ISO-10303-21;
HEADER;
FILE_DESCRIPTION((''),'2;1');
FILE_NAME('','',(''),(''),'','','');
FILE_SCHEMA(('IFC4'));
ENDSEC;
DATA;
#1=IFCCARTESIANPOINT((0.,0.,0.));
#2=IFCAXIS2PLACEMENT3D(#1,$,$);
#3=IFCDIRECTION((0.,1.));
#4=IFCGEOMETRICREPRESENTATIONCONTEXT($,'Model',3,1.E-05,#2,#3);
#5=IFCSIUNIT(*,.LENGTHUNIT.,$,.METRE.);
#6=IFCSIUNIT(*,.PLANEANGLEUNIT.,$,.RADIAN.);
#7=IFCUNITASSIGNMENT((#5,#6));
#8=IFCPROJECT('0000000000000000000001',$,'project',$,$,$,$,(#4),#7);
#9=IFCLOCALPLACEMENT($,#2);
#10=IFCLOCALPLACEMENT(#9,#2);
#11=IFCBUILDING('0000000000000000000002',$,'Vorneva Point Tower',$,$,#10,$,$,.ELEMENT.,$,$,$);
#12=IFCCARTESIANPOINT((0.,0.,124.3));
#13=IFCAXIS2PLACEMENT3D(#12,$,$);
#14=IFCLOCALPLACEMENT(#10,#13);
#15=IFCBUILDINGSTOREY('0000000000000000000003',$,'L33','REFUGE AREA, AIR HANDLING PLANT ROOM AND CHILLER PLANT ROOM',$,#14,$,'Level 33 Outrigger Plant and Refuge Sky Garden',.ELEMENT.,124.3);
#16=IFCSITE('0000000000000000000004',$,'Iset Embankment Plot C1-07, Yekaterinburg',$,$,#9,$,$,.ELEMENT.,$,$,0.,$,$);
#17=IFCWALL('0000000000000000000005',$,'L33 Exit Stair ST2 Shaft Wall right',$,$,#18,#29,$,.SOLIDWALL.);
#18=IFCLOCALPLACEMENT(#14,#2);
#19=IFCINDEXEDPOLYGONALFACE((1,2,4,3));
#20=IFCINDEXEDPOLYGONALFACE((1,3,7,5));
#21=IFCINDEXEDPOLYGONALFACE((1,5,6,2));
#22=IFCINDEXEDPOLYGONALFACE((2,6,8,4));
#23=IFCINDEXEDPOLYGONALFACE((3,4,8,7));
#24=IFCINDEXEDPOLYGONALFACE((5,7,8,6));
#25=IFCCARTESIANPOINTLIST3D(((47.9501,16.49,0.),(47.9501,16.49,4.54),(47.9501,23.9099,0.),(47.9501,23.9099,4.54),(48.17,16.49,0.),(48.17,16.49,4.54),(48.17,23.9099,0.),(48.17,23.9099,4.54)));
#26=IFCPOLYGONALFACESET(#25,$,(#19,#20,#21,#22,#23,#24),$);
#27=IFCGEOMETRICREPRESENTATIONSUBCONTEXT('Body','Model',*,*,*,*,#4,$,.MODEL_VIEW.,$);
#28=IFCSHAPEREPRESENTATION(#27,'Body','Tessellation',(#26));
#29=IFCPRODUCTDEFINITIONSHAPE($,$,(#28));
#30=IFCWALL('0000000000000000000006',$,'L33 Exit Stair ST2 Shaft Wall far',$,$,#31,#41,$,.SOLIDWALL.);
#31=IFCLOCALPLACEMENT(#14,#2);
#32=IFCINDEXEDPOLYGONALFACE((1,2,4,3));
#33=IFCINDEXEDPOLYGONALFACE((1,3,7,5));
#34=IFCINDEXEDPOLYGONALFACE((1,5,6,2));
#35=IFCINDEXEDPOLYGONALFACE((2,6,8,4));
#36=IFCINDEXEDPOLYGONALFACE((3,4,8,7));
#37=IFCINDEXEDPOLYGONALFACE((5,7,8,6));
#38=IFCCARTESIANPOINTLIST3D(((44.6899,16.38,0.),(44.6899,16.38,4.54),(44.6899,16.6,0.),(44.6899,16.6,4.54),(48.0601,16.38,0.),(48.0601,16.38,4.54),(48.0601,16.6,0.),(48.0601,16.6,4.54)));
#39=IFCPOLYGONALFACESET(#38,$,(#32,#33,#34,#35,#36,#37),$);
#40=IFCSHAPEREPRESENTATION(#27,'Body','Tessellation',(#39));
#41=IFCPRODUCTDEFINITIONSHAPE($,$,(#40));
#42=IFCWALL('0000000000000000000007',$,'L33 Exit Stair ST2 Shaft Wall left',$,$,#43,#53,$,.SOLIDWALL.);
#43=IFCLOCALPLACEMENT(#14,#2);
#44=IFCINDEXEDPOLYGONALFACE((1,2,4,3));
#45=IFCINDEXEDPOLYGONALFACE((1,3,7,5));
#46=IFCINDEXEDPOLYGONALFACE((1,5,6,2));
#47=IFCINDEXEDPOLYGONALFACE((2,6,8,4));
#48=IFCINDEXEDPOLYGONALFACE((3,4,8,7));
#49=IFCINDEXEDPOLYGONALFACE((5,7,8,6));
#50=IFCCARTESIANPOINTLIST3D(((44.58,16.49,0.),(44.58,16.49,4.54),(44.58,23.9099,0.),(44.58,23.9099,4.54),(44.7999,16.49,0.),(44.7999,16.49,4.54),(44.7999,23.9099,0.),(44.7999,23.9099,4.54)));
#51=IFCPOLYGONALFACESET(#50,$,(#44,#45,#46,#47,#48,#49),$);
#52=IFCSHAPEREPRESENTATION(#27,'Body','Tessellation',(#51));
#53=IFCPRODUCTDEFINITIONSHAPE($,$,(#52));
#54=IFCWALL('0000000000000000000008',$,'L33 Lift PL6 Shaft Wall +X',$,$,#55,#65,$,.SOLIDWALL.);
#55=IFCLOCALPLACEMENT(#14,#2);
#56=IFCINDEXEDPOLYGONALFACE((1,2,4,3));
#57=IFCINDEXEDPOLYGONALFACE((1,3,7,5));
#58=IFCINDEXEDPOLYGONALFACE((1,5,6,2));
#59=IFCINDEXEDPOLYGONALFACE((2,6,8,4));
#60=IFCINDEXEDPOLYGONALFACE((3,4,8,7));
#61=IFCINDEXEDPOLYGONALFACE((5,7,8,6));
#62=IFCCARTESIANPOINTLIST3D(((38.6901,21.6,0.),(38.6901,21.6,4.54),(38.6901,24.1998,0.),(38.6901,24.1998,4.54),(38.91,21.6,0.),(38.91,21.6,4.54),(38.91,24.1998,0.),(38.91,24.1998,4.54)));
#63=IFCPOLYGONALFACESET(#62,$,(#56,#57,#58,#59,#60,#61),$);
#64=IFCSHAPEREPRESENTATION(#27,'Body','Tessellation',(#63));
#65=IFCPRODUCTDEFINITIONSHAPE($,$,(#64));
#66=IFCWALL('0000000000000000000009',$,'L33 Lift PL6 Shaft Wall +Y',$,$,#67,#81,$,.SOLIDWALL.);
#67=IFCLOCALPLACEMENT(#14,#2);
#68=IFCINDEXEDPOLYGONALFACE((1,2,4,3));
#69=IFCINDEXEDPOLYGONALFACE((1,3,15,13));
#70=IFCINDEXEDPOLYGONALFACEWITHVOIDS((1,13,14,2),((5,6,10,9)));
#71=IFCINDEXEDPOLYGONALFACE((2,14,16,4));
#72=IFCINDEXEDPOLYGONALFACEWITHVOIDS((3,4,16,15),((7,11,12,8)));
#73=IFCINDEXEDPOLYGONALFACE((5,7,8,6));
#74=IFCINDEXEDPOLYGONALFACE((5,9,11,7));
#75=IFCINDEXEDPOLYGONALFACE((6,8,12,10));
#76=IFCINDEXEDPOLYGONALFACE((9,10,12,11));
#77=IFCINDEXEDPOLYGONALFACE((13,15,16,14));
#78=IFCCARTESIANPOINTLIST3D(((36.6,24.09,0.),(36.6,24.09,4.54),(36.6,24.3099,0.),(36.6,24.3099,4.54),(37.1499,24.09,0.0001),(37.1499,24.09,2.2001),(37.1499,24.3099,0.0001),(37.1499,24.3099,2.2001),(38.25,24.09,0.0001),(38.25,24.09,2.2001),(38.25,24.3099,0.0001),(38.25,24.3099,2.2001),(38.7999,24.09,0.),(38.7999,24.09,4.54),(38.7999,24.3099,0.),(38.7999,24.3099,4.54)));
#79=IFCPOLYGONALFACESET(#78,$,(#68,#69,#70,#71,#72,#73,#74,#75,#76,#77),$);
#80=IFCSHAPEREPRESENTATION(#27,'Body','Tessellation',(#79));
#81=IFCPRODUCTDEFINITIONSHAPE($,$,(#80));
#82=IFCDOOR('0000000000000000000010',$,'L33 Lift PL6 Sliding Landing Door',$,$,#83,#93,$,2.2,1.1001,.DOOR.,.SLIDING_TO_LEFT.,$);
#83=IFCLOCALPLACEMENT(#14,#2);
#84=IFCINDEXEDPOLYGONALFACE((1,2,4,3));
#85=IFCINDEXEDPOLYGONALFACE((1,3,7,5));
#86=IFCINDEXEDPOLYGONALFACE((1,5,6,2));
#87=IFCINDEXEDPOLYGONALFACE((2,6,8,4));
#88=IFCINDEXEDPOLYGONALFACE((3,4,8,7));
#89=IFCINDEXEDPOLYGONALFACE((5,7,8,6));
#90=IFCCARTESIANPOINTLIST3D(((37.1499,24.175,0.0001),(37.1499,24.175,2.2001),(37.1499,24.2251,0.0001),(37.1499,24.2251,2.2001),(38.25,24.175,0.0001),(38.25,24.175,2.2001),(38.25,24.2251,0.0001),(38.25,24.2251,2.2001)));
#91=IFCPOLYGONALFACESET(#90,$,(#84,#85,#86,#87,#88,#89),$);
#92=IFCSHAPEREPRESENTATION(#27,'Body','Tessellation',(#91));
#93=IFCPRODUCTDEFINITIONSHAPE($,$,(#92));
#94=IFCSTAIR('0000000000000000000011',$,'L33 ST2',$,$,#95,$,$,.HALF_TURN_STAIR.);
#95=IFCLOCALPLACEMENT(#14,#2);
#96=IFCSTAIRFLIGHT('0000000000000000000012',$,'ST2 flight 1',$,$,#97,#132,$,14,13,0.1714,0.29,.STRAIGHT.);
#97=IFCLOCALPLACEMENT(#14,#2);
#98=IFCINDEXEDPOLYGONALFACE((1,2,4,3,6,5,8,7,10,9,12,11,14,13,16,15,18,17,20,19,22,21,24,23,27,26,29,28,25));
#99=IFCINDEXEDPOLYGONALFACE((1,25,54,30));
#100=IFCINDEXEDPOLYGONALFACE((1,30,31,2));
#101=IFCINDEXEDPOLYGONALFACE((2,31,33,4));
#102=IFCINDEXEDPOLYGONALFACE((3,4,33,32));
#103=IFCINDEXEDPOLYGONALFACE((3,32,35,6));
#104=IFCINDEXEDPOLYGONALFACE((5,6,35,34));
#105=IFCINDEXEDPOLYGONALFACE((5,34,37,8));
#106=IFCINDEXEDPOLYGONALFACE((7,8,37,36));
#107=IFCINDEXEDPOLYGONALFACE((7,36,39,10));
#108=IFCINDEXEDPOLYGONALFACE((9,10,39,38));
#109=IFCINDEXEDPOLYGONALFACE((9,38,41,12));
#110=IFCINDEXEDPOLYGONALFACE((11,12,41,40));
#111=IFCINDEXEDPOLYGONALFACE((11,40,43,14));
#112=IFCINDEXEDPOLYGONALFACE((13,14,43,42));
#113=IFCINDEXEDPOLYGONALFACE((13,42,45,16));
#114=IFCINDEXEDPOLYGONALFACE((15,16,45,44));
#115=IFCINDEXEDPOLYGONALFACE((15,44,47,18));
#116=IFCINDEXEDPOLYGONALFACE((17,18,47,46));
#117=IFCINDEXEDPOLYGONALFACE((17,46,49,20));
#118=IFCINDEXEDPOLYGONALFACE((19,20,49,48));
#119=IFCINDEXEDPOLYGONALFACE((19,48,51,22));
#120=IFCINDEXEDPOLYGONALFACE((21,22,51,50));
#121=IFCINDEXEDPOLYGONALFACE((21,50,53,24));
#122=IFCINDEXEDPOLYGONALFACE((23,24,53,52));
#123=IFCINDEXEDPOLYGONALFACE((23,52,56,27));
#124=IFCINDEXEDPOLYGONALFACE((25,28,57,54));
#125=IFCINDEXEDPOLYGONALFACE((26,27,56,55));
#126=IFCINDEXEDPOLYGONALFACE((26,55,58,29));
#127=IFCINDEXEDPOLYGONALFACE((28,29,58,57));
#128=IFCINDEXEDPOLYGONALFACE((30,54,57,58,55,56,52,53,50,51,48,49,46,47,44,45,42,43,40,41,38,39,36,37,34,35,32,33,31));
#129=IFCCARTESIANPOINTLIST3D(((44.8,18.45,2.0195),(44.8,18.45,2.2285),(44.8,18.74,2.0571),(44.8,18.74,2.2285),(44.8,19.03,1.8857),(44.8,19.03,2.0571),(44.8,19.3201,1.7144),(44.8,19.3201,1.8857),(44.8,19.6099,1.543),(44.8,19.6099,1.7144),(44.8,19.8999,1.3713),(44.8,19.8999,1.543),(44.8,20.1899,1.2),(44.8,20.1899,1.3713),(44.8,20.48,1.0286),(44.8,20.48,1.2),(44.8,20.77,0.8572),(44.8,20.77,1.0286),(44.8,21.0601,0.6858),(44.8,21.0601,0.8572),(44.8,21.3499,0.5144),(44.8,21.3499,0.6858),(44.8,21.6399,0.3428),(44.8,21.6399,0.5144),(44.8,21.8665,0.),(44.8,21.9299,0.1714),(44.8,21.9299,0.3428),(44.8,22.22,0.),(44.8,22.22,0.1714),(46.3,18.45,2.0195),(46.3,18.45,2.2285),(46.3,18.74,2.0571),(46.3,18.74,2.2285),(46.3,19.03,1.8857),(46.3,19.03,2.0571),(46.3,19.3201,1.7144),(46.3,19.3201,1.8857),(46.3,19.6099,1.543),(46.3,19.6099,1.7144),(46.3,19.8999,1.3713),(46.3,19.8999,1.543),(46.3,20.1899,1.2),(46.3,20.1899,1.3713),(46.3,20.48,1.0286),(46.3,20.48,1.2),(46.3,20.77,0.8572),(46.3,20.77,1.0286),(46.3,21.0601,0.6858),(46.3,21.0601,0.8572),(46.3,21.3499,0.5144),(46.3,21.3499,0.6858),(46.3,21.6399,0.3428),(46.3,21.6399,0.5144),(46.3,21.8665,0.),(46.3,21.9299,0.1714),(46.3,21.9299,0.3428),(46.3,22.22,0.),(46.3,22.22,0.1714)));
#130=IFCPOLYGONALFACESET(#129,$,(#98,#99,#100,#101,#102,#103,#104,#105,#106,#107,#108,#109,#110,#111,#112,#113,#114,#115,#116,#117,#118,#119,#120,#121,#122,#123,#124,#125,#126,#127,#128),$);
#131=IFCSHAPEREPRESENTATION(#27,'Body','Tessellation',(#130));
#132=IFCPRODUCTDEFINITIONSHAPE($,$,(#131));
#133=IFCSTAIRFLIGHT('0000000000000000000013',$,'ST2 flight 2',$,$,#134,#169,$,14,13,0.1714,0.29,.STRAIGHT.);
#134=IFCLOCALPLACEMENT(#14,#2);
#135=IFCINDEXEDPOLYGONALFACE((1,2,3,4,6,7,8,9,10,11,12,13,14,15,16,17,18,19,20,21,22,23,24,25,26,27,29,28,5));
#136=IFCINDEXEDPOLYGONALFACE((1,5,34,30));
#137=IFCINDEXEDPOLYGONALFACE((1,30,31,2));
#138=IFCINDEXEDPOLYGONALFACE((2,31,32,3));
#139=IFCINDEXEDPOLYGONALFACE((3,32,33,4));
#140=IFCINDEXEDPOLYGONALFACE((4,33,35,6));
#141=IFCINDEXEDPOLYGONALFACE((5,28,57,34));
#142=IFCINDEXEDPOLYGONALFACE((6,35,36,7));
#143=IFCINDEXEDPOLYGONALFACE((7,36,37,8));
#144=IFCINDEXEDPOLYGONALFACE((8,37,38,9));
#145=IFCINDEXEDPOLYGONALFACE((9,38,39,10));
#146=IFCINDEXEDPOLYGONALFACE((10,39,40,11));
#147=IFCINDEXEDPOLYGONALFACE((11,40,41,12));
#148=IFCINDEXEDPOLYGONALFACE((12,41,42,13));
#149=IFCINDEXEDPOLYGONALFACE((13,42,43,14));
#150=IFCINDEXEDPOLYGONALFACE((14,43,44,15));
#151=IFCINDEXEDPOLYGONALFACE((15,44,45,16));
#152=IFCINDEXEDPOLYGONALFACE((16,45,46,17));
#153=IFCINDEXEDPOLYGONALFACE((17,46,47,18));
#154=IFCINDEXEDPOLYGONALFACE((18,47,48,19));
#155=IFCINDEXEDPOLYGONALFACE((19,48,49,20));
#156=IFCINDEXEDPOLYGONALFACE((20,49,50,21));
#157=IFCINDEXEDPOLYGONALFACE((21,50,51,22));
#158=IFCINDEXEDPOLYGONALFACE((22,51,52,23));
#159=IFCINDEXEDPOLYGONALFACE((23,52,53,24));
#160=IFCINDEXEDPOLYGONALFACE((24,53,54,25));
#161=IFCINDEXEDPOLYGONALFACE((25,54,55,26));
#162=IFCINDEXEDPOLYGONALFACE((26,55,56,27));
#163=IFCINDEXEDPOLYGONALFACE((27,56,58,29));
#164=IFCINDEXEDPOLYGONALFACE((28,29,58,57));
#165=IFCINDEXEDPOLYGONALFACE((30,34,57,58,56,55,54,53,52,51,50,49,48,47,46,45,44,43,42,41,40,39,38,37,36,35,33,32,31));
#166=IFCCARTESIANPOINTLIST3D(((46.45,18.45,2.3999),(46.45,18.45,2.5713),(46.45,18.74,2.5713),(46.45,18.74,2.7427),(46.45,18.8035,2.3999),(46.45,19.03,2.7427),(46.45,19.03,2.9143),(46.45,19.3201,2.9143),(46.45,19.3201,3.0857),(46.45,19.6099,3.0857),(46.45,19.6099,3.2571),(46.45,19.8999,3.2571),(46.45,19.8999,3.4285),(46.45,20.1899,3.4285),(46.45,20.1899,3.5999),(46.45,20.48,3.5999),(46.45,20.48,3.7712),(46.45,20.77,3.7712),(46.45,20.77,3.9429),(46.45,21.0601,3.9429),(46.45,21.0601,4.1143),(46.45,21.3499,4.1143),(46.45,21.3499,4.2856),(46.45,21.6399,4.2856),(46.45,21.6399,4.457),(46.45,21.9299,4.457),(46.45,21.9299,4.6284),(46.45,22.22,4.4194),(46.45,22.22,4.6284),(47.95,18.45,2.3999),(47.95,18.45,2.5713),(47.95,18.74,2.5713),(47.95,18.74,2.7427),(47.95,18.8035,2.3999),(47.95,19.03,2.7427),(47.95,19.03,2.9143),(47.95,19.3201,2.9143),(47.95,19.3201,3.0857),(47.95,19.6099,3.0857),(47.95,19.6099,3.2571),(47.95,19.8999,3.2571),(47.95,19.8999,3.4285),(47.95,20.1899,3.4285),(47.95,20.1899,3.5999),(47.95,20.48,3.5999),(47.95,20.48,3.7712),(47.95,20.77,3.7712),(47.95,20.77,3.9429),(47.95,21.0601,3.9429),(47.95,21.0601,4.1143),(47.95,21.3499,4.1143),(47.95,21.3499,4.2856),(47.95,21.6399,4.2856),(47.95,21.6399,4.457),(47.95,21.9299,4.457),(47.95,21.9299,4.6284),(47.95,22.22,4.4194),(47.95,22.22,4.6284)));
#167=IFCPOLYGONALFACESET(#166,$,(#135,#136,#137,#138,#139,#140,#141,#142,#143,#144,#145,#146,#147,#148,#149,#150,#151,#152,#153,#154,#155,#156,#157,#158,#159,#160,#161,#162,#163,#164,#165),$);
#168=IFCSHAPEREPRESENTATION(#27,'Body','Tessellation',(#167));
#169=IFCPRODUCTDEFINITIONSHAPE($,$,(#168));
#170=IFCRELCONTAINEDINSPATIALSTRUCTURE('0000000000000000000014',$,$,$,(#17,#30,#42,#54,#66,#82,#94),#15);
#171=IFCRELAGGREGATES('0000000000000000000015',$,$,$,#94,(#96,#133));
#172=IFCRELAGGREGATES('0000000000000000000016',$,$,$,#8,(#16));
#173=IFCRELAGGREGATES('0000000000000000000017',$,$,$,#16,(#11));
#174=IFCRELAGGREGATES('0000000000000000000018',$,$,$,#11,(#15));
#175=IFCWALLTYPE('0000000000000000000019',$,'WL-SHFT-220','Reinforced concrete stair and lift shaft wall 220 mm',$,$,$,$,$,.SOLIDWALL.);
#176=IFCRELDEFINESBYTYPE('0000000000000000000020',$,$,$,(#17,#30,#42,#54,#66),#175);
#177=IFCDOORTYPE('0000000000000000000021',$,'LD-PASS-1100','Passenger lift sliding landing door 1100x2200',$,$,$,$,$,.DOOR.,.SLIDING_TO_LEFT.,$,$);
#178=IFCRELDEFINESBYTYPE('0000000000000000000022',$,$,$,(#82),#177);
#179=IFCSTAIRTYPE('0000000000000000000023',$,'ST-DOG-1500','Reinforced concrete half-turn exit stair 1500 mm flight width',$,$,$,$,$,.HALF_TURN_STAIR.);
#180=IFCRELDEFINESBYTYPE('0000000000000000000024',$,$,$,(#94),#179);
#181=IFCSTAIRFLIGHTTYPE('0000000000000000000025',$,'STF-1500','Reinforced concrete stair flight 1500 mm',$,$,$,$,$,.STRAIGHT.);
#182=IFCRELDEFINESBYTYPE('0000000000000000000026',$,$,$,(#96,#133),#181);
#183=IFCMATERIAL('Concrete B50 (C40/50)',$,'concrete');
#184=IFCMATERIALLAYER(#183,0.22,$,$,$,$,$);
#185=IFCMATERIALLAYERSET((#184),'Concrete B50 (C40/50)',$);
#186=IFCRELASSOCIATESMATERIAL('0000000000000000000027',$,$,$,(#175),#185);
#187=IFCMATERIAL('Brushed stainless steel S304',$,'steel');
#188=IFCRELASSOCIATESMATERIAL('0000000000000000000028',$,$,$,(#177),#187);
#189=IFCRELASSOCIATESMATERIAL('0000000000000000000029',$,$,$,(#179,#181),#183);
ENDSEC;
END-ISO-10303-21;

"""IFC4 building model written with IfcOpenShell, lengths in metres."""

from ifc_helpers import new_model, si_unit, direction, frame, frame_2d, origin, place, context, subcontext, project, spatial, polyline, rectangle, outline, extrude, material, layer, layer_set, type_object, element, fill, aggregate, save


model = new_model("IFC4")

# Units and contexts
model_context = context("Model", 3, precision=1e-05, world=origin(), true_north=direction((0.0, 1.0)))
body_context = subcontext(model_context, "Body", "Model", "MODEL_VIEW")
ifc_project = project(units=[si_unit("LENGTHUNIT", "METRE"), si_unit("PLANEANGLEUNIT", "RADIAN")], contexts=[model_context])

# Site, building, storey
site_placement = place(None, origin())
site = spatial("IfcSite", under=ifc_project, at=site_placement, Name="Iset Embankment Plot C1-07, Yekaterinburg", CompositionType="ELEMENT", RefElevation=0.0)
building_placement = place(site_placement, origin())
building = spatial("IfcBuilding", under=site, at=building_placement, Name="Vorneva Point Tower", CompositionType="ELEMENT")
storey_placement = place(building_placement, frame((0.0, 0.0, 124.3)))
storey = spatial("IfcBuildingStorey", under=building, at=storey_placement, Name="L33", Description="REFUGE AREA, AIR HANDLING PLANT ROOM AND CHILLER PLANT ROOM", LongName="Level 33 Outrigger Plant and Refuge Sky Garden", CompositionType="ELEMENT", Elevation=124.3)

# Shared definitions
ifc_material_1 = material(Name="Concrete B50 (C40/50)", Category="concrete")
ifc_layer_1 = layer(ifc_material_1, 0.22)
ifc_layer_set_1 = layer_set([ifc_layer_1], Name="Concrete B50 (C40/50)")
wall_type_1 = type_object("IfcWallType", Name="WL-SHFT-220", Description="Reinforced concrete stair and lift shaft wall 220 mm", PredefinedType="SOLIDWALL", material=ifc_layer_set_1)

# Walls
wall_1_placement = place(storey_placement, frame((48.0601, 23.9099, 0.0), z_axis=(0.0, 0.0, 1.0), x_axis=(0.0, -1.0, 0.0)))
element("IfcWall", 1, at=wall_1_placement, inside=storey, type_object=wall_type_1, Name="L33 Exit Stair ST2 Shaft Wall right", PredefinedType="SOLIDWALL", context=body_context, shape_type="SweptSolid", body=[
    extrude(rectangle(XDim=7.4199, YDim=0.22, at=frame_2d((3.71, 0.0))), origin(), (0.0, 0.0, 1.0), 4.54),
])
wall_2_placement = place(storey_placement, frame((48.0601, 16.49, 0.0), z_axis=(0.0, 0.0, 1.0), x_axis=(-1.0, 0.0, 0.0)))
element("IfcWall", 2, at=wall_2_placement, inside=storey, type_object=wall_type_1, Name="L33 Exit Stair ST2 Shaft Wall far", PredefinedType="SOLIDWALL", context=body_context, shape_type="SweptSolid", body=[
    extrude(rectangle(XDim=3.3701, YDim=0.22, at=frame_2d((1.6851, 0.0))), origin(), (0.0, 0.0, 1.0), 4.54),
])
wall_3_placement = place(storey_placement, frame((44.6899, 16.49, 0.0), z_axis=(0.0, 0.0, 1.0), x_axis=(0.0, 1.0, 0.0)))
element("IfcWall", 3, at=wall_3_placement, inside=storey, type_object=wall_type_1, Name="L33 Exit Stair ST2 Shaft Wall left", PredefinedType="SOLIDWALL", context=body_context, shape_type="SweptSolid", body=[
    extrude(rectangle(XDim=7.4199, YDim=0.22, at=frame_2d((3.71, 0.0))), origin(), (0.0, 0.0, 1.0), 4.54),
])
wall_4_placement = place(storey_placement, frame((38.8, 21.6001, 0.0), z_axis=(0.0, 0.0, 1.0), x_axis=(0.0, 1.0, 0.0)))
element("IfcWall", 4, at=wall_4_placement, inside=storey, type_object=wall_type_1, Name="L33 Lift PL6 Shaft Wall +X", PredefinedType="SOLIDWALL", context=body_context, shape_type="SweptSolid", body=[
    extrude(rectangle(XDim=2.5999, YDim=0.22, at=frame_2d((1.2998, 0.0))), origin(), (0.0, 0.0, 1.0), 4.54),
])

# Wall, opening, door
wall_5_placement = place(storey_placement, frame((38.8, 24.2, 0.0), z_axis=(0.0, 0.0, 1.0), x_axis=(-1.0, 0.0, 0.0)))
wall_5 = element("IfcWall", 5, at=wall_5_placement, inside=storey, type_object=wall_type_1, Name="L33 Lift PL6 Shaft Wall +Y", PredefinedType="SOLIDWALL", context=body_context, shape_type="SweptSolid", body=[
    extrude(rectangle(XDim=2.2, YDim=0.22, at=frame_2d((1.1001, 0.0))), origin(), (0.0, 0.0, 1.0), 4.54),
])
opening_1_placement = place(wall_5_placement, frame((0.55, 0.0, 0.0)))
opening_1 = element("IfcOpeningElement", 6, at=opening_1_placement, cuts=wall_5, PredefinedType="OPENING", context=body_context, shape_type="SweptSolid", body=[
    extrude(rectangle(XDim=1.1001, YDim=2.2, at=frame_2d((0.55, 1.1001))), frame((0.0, 0.125, 0.0), z_axis=(0.0, -1.0, 0.0), x_axis=(1.0, 0.0, 0.0)), (0.0, 0.0, 1.0), 0.2498),
])
ifc_material_2 = material(Name="Brushed stainless steel S304", Category="steel")
door_type_1 = type_object("IfcDoorType", Name="LD-PASS-1100", Description="Passenger lift sliding landing door 1100x2200", OperationType="SLIDING_TO_LEFT", PredefinedType="DOOR", material=ifc_material_2)
door_1_placement = place(opening_1_placement, origin())
door_1 = element("IfcDoor", 7, at=door_1_placement, inside=storey, type_object=door_type_1, Name="L33 Lift PL6 Sliding Landing Door", OperationType="SLIDING_TO_LEFT", OverallHeight=2.2, OverallWidth=1.1001, PredefinedType="DOOR", context=body_context, shape_type="SweptSolid", body=[
    extrude(rectangle(XDim=1.1001, YDim=2.2, at=frame_2d((0.55, 1.1001))), frame((0.0, 0.0249, 0.0), z_axis=(0.0, -1.0, 0.0), x_axis=(1.0, 0.0, 0.0)), (0.0, 0.0, 1.0), 0.05),
])
fill(opening_1, door_1)

# Stair, stair flights
stair_type = type_object("IfcStairType", Name="ST-DOG-1500", Description="Reinforced concrete half-turn exit stair 1500 mm flight width", PredefinedType="HALF_TURN_STAIR", material=ifc_material_1)
stair_placement = place(storey_placement, origin())
stair = element("IfcStair", 8, at=stair_placement, inside=storey, type_object=stair_type, Name="L33 ST2", PredefinedType="HALF_TURN_STAIR")
stair_flight_type = type_object("IfcStairFlightType", Name="STF-1500", Description="Reinforced concrete stair flight 1500 mm", PredefinedType="STRAIGHT", material=ifc_material_1)
stair_flight_1_placement = place(storey_placement, frame((45.55, 22.22, 0.0), z_axis=(0.0, 0.0, 1.0), x_axis=(0.0, -1.0, 0.0)))
stair_flight_1 = element("IfcStairFlight", 9, at=stair_flight_1_placement, type_object=stair_flight_type, Name="ST2 flight 1", NumberOfRisers=14, NumberOfTreads=13, PredefinedType="STRAIGHT", RiserHeight=0.1714, TreadLength=0.29, context=body_context, shape_type="SweptSolid", body=[
    extrude(outline(polyline([(0.0, 0.0), (0.0, 0.1714), (0.29, 0.1714), (0.29, 0.3428), (0.5801, 0.3428), (0.5801, 0.5144), (0.8701, 0.5144), (0.8701, 0.6858), (1.1599, 0.6858), (1.1599, 0.8572), (1.45, 0.8572), (1.45, 1.0286), (1.74, 1.0286), (1.74, 1.2), (2.03, 1.2), (2.03, 1.3713), (2.3201, 1.3713), (2.3201, 1.543), (2.6101, 1.543), (2.6101, 1.7144), (2.8999, 1.7144), (2.8999, 1.8857), (3.1899, 1.8857), (3.1899, 2.0571), (3.48, 2.0571), (3.48, 2.2285), (3.77, 2.2285), (3.77, 2.3999), (3.77, 2.0195), (0.3535, 0.0), (0.0, 0.0)])), frame((0.0, 0.75, 0.0), z_axis=(0.0, -1.0, 0.0), x_axis=(1.0, 0.0, 0.0)), (0.0, 0.0, 1.0), 1.5),
])
stair_flight_2_placement = place(storey_placement, frame((47.2, 18.45, 2.3999), z_axis=(0.0, 0.0, 1.0), x_axis=(0.0, 1.0, 0.0)))
stair_flight_2 = element("IfcStairFlight", 10, at=stair_flight_2_placement, type_object=stair_flight_type, Name="ST2 flight 2", NumberOfRisers=14, NumberOfTreads=13, PredefinedType="STRAIGHT", RiserHeight=0.1714, TreadLength=0.29, context=body_context, shape_type="SweptSolid", body=[
    extrude(outline(polyline([(0.0, 0.0), (0.0, 0.1714), (0.29, 0.1714), (0.29, 0.3428), (0.5801, 0.3428), (0.5801, 0.5144), (0.8701, 0.5144), (0.8701, 0.6858), (1.1599, 0.6858), (1.1599, 0.8572), (1.45, 0.8572), (1.45, 1.0286), (1.74, 1.0286), (1.74, 1.2), (2.03, 1.2), (2.03, 1.3713), (2.3201, 1.3713), (2.3201, 1.543), (2.6101, 1.543), (2.6101, 1.7144), (2.8999, 1.7144), (2.8999, 1.8857), (3.1899, 1.8857), (3.1899, 2.0571), (3.48, 2.0571), (3.48, 2.2285), (3.77, 2.2285), (3.77, 2.3999), (3.77, 2.0195), (0.3535, 0.0), (0.0, 0.0)])), frame((0.0, 0.75, 0.0), z_axis=(0.0, -1.0, 0.0), x_axis=(1.0, 0.0, 0.0)), (0.0, 0.0, 1.0), 1.5),
])
aggregate(stair, [stair_flight_1, stair_flight_2])

save(model, "model.ifc")
